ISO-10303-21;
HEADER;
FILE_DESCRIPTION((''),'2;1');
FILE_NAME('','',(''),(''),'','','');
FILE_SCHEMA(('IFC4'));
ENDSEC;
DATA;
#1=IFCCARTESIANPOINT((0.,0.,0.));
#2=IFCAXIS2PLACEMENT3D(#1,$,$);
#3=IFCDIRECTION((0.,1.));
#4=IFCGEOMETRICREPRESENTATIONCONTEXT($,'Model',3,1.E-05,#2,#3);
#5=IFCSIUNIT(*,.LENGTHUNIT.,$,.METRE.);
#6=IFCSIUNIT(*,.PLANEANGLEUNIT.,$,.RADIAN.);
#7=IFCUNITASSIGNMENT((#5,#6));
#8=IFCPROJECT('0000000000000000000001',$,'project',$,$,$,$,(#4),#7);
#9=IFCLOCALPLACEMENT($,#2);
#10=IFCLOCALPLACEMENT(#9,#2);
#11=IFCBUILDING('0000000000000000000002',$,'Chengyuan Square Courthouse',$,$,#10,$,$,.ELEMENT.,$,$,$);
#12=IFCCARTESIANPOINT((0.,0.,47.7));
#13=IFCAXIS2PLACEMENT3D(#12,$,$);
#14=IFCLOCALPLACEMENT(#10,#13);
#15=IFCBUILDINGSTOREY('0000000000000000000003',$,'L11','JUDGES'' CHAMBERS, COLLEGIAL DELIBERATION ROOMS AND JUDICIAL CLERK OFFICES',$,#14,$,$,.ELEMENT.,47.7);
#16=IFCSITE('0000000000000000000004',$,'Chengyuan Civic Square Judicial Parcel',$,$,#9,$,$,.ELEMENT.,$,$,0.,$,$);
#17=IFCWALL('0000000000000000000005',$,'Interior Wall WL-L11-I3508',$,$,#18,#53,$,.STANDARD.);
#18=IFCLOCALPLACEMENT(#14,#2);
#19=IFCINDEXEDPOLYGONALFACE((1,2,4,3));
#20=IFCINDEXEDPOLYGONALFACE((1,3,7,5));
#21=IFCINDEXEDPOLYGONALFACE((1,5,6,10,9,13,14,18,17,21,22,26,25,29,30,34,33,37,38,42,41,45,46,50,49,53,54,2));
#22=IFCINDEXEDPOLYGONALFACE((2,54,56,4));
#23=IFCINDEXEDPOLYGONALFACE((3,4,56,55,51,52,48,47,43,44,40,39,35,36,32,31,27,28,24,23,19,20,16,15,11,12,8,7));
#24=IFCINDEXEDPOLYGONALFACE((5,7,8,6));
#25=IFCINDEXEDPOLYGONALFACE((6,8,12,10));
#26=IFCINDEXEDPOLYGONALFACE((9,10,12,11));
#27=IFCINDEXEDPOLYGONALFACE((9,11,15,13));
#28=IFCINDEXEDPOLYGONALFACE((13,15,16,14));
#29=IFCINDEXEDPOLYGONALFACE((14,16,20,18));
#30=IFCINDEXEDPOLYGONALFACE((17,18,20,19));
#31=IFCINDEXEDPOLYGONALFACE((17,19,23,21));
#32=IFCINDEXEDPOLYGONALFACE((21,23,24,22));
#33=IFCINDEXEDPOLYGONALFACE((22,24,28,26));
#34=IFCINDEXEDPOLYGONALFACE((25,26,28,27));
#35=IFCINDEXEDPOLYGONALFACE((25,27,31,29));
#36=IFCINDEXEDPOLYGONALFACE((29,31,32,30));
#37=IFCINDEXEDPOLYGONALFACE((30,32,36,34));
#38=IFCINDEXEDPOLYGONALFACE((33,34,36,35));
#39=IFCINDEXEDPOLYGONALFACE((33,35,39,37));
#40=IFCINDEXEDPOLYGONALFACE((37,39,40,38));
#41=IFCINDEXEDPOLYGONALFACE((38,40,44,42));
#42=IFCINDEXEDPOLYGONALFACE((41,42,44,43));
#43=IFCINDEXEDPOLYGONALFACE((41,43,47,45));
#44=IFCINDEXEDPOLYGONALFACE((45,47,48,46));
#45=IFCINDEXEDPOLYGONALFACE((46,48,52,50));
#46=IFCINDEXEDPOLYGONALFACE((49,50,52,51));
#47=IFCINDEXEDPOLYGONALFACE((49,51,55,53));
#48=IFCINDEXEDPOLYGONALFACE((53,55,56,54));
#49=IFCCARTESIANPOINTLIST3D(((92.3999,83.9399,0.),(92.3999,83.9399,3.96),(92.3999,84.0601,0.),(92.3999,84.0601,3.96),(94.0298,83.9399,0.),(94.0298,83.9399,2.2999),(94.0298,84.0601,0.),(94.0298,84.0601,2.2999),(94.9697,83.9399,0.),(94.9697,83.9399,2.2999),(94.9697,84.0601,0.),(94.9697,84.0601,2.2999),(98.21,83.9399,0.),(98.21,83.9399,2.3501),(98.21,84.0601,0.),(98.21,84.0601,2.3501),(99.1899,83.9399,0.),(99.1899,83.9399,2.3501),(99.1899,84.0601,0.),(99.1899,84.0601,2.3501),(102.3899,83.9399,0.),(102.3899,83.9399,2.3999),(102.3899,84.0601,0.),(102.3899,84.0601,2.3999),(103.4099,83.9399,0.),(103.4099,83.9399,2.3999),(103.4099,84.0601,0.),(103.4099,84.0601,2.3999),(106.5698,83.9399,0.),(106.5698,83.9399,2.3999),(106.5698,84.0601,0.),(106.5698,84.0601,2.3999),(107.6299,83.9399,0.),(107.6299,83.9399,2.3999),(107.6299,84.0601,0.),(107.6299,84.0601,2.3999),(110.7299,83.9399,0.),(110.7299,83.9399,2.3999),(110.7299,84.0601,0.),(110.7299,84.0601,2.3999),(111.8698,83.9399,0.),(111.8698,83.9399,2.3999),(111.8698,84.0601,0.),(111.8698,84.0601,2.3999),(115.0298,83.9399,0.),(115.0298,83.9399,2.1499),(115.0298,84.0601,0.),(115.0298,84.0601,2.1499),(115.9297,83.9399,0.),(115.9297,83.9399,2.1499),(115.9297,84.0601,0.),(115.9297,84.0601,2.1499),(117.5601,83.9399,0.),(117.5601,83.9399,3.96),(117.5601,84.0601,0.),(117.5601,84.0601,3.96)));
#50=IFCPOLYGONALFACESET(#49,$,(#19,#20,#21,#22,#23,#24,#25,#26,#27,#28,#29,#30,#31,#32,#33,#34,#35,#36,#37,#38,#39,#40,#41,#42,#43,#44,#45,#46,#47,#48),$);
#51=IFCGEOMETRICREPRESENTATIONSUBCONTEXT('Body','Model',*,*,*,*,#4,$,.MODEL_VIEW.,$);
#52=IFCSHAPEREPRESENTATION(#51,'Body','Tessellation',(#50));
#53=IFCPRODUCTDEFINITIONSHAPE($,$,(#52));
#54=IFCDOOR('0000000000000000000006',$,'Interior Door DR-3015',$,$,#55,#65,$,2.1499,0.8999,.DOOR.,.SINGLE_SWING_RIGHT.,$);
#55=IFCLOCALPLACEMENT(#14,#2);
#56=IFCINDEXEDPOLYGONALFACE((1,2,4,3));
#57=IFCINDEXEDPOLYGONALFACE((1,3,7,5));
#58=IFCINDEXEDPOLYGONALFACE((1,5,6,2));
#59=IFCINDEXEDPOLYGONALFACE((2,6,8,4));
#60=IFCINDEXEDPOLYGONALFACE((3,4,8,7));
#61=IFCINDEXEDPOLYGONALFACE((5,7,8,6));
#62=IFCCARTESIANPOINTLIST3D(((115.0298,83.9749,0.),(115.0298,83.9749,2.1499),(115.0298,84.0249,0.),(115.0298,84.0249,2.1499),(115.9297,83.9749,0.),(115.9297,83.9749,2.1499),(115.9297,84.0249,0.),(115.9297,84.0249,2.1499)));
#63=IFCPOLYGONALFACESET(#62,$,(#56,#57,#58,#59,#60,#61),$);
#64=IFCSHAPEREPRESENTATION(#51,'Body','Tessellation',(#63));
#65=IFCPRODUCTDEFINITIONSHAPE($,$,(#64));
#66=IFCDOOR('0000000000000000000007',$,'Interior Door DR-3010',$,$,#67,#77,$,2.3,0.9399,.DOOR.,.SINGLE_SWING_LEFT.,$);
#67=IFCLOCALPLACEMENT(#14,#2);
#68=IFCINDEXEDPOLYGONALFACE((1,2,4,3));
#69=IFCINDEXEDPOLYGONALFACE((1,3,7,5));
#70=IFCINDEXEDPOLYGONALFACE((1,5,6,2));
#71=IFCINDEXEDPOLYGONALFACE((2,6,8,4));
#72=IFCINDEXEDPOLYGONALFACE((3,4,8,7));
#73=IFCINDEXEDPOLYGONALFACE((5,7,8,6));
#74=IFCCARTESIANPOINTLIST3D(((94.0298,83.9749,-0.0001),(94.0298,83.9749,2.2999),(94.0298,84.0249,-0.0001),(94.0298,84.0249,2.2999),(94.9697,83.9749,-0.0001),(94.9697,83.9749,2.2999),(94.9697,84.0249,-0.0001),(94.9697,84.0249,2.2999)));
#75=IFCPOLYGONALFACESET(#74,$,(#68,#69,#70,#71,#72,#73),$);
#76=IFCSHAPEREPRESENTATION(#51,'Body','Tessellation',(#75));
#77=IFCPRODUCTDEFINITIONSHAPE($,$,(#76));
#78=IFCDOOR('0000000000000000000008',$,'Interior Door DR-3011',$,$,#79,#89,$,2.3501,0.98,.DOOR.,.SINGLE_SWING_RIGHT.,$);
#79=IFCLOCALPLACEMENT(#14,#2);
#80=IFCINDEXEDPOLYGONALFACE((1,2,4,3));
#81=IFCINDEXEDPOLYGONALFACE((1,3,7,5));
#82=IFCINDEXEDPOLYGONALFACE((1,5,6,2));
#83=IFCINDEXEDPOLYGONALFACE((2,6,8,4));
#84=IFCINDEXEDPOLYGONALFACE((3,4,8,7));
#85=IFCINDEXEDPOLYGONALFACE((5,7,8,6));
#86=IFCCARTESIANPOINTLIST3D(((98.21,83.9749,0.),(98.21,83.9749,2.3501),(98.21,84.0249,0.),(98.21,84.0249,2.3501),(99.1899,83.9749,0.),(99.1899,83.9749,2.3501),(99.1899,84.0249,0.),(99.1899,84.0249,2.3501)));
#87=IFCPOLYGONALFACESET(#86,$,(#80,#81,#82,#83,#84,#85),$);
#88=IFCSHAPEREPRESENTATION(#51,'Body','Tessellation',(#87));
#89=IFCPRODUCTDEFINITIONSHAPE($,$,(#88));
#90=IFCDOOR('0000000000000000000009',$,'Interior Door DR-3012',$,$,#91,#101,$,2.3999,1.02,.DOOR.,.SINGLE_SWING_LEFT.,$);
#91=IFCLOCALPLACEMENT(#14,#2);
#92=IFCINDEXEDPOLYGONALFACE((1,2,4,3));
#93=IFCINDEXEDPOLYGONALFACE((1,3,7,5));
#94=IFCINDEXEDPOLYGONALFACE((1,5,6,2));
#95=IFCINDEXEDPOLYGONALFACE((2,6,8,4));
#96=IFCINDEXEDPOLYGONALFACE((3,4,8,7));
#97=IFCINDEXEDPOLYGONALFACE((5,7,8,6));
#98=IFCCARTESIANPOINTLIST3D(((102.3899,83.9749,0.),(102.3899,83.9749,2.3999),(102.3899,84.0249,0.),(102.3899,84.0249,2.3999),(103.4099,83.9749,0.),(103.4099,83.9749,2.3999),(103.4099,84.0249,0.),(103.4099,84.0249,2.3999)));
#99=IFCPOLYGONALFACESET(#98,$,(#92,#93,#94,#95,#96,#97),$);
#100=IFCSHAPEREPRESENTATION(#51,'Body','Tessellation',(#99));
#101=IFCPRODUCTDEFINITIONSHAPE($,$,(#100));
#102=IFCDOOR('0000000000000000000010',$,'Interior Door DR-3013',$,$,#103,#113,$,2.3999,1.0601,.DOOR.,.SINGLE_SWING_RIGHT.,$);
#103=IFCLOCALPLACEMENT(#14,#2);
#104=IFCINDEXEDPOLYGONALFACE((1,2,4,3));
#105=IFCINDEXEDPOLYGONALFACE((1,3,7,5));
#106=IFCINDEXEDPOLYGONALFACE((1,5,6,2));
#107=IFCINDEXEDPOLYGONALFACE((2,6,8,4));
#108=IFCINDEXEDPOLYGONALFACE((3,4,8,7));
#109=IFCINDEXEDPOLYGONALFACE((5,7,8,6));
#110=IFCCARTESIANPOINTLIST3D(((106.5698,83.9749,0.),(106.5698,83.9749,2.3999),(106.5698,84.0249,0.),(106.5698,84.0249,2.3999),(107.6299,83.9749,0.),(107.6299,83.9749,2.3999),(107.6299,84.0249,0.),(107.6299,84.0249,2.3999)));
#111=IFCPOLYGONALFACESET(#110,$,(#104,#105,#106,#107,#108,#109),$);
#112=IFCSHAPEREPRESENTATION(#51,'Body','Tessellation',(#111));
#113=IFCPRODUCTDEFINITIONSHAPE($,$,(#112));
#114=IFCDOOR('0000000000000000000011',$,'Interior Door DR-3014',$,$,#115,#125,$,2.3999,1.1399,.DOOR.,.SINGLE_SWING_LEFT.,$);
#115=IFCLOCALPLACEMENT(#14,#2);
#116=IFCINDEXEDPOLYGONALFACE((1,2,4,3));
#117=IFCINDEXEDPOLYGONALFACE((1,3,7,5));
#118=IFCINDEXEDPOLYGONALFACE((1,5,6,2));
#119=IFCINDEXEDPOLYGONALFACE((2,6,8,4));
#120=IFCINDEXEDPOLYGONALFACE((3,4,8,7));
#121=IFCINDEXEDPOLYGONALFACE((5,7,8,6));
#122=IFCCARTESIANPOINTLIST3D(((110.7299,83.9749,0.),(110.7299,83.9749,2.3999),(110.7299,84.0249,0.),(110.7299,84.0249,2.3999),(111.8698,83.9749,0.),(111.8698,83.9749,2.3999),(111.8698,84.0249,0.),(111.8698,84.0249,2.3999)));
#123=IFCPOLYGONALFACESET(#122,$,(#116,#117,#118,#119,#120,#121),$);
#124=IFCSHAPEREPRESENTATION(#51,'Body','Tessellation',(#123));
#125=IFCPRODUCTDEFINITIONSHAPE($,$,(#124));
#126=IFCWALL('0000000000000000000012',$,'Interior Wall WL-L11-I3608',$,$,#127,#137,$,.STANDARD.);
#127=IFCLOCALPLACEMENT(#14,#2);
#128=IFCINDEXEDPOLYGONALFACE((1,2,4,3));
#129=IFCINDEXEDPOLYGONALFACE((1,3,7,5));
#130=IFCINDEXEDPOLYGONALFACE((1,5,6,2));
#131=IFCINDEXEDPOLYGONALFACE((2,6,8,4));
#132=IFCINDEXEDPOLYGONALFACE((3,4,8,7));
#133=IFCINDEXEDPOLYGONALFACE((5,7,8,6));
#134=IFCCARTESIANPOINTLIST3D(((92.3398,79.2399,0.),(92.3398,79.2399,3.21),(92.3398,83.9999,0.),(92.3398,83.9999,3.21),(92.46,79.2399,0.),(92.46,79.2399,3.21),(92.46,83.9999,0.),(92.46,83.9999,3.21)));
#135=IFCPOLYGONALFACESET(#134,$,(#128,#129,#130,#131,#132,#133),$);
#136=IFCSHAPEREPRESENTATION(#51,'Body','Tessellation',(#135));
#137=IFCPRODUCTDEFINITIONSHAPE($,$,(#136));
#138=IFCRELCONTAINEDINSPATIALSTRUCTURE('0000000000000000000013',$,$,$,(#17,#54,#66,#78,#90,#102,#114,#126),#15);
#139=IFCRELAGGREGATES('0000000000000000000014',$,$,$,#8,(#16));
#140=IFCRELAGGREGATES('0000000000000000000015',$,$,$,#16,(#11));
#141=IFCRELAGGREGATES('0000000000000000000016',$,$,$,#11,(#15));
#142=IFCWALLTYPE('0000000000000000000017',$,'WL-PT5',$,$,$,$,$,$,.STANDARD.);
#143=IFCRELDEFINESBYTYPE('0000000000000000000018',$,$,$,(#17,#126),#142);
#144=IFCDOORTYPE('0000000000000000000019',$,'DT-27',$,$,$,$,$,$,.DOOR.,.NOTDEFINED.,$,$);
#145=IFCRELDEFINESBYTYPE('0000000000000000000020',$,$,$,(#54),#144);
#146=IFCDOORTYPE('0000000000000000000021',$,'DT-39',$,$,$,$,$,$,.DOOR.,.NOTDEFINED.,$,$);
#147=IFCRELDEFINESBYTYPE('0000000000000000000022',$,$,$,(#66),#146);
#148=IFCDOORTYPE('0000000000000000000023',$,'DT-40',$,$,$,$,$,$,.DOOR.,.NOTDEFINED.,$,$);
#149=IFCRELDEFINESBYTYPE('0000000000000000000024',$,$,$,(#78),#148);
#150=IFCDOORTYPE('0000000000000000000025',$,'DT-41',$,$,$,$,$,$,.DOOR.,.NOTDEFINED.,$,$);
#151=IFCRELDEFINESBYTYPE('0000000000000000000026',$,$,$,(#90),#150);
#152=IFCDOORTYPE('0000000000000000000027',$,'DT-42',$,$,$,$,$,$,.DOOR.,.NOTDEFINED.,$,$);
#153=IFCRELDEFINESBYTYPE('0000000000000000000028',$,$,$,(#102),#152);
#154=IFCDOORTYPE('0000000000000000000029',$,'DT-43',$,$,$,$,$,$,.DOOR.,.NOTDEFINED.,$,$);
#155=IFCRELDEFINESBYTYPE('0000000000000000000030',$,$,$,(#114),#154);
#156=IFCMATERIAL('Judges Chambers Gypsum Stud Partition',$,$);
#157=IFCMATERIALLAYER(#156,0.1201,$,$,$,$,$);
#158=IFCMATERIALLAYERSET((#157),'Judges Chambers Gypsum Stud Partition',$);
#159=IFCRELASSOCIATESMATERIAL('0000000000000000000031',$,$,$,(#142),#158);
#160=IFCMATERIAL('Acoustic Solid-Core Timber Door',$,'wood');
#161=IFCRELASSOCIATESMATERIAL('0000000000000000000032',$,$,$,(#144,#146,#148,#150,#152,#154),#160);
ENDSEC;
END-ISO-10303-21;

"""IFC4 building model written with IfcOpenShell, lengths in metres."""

from ifc_helpers import new_model, si_unit, direction, frame, frame_2d, origin, place, context, subcontext, project, spatial, rectangle, extrude, material, layer, layer_set, type_object, element, fill, save


model = new_model("IFC4")

# Units and contexts
model_context = context("Model", 3, precision=1e-05, world=origin(), true_north=direction((0.0, 1.0)))
body_context = subcontext(model_context, "Body", "Model", "MODEL_VIEW")
ifc_project = project(units=[si_unit("LENGTHUNIT", "METRE"), si_unit("PLANEANGLEUNIT", "RADIAN")], contexts=[model_context])

# Site, building, storey
site_placement = place(None, origin())
site = spatial("IfcSite", under=ifc_project, at=site_placement, Name="Chengyuan Civic Square Judicial Parcel", CompositionType="ELEMENT", RefElevation=0.0)
building_placement = place(site_placement, origin())
building = spatial("IfcBuilding", under=site, at=building_placement, Name="Chengyuan Square Courthouse", CompositionType="ELEMENT")
storey_placement = place(building_placement, frame((0.0, 0.0, 47.7)))
storey = spatial("IfcBuildingStorey", under=building, at=storey_placement, Name="L11", Description="JUDGES' CHAMBERS, COLLEGIAL DELIBERATION ROOMS AND JUDICIAL CLERK OFFICES", CompositionType="ELEMENT", Elevation=47.7)

# Wall, openings, doors
ifc_material_1 = material(Name="Judges Chambers Gypsum Stud Partition")
ifc_layer_1 = layer(ifc_material_1, 0.1201)
ifc_layer_set_1 = layer_set([ifc_layer_1], Name="Judges Chambers Gypsum Stud Partition")
wall_type_1 = type_object("IfcWallType", Name="WL-PT5", PredefinedType="STANDARD", material=ifc_layer_set_1)
wall_1_placement = place(storey_placement, frame((92.3999, 84.0, 0.0), z_axis=(0.0, 0.0, 1.0), x_axis=(1.0, 0.0, 0.0)))
wall_1 = element("IfcWall", 1, at=wall_1_placement, inside=storey, type_object=wall_type_1, Name="Interior Wall WL-L11-I3508", PredefinedType="STANDARD", context=body_context, shape_type="SweptSolid", body=[
    extrude(rectangle(XDim=25.1602, YDim=0.1201, at=frame_2d((12.5801, 0.0))), origin(), (0.0, 0.0, 1.0), 3.96),
])
opening_1_placement = place(wall_1_placement, frame((1.6299, 0.0, 0.0)))
opening_1 = element("IfcOpeningElement", 2, at=opening_1_placement, cuts=wall_1, PredefinedType="OPENING", context=body_context, shape_type="SweptSolid", body=[
    extrude(rectangle(XDim=0.9399, YDim=2.3, at=frame_2d((0.47, 1.1499))), frame((0.0, 0.072, 0.0), z_axis=(0.0, -1.0, 0.0), x_axis=(1.0, 0.0, 0.0)), (0.0, 0.0, 1.0), 0.144),
])
opening_2_placement = place(wall_1_placement, frame((5.8101, 0.0, 0.0)))
opening_2 = element("IfcOpeningElement", 3, at=opening_2_placement, cuts=wall_1, PredefinedType="OPENING", context=body_context, shape_type="SweptSolid", body=[
    extrude(rectangle(XDim=0.98, YDim=2.3501, at=frame_2d((0.49, 1.175))), frame((0.0, 0.072, 0.0), z_axis=(0.0, -1.0, 0.0), x_axis=(1.0, 0.0, 0.0)), (0.0, 0.0, 1.0), 0.144),
])
opening_3_placement = place(wall_1_placement, frame((9.99, 0.0, 0.0)))
opening_3 = element("IfcOpeningElement", 4, at=opening_3_placement, cuts=wall_1, PredefinedType="OPENING", context=body_context, shape_type="SweptSolid", body=[
    extrude(rectangle(XDim=1.02, YDim=2.3999, at=frame_2d((0.51, 1.2))), frame((0.0, 0.072, 0.0), z_axis=(0.0, -1.0, 0.0), x_axis=(1.0, 0.0, 0.0)), (0.0, 0.0, 1.0), 0.144),
])
opening_4_placement = place(wall_1_placement, frame((14.1699, 0.0, 0.0)))
opening_4 = element("IfcOpeningElement", 5, at=opening_4_placement, cuts=wall_1, PredefinedType="OPENING", context=body_context, shape_type="SweptSolid", body=[
    extrude(rectangle(XDim=1.0601, YDim=2.3999, at=frame_2d((0.53, 1.2))), frame((0.0, 0.072, 0.0), z_axis=(0.0, -1.0, 0.0), x_axis=(1.0, 0.0, 0.0)), (0.0, 0.0, 1.0), 0.144),
])
opening_5_placement = place(wall_1_placement, frame((18.3301, 0.0, 0.0)))
opening_5 = element("IfcOpeningElement", 6, at=opening_5_placement, cuts=wall_1, PredefinedType="OPENING", context=body_context, shape_type="SweptSolid", body=[
    extrude(rectangle(XDim=1.1399, YDim=2.3999, at=frame_2d((0.5698, 1.2))), frame((0.0, 0.072, 0.0), z_axis=(0.0, -1.0, 0.0), x_axis=(1.0, 0.0, 0.0)), (0.0, 0.0, 1.0), 0.144),
])
opening_6_placement = place(wall_1_placement, frame((22.6299, 0.0, 0.0)))
opening_6 = element("IfcOpeningElement", 7, at=opening_6_placement, cuts=wall_1, PredefinedType="OPENING", context=body_context, shape_type="SweptSolid", body=[
    extrude(rectangle(XDim=0.8999, YDim=2.1499, at=frame_2d((0.45, 1.075))), frame((0.0, 0.072, 0.0), z_axis=(0.0, -1.0, 0.0), x_axis=(1.0, 0.0, 0.0)), (0.0, 0.0, 1.0), 0.144),
])
ifc_material_2 = material(Name="Acoustic Solid-Core Timber Door", Category="wood")
door_type_1 = type_object("IfcDoorType", Name="DT-27", OperationType="NOTDEFINED", PredefinedType="DOOR", material=ifc_material_2)
door_1_placement = place(opening_6_placement, origin())
door_1 = element("IfcDoor", 8, at=door_1_placement, inside=storey, type_object=door_type_1, Name="Interior Door DR-3015", OperationType="SINGLE_SWING_RIGHT", OverallHeight=2.1499, OverallWidth=0.8999, PredefinedType="DOOR", context=body_context, shape_type="SweptSolid", body=[
    extrude(rectangle(XDim=0.8999, YDim=2.1499, at=frame_2d((0.45, 1.075))), frame((0.0, 0.0249, 0.0), z_axis=(0.0, -1.0, 0.0), x_axis=(1.0, 0.0, 0.0)), (0.0, 0.0, 1.0), 0.05),
])
fill(opening_6, door_1)
door_type_2 = type_object("IfcDoorType", Name="DT-39", OperationType="NOTDEFINED", PredefinedType="DOOR", material=ifc_material_2)
door_2_placement = place(opening_1_placement, origin())
door_2 = element("IfcDoor", 9, at=door_2_placement, inside=storey, type_object=door_type_2, Name="Interior Door DR-3010", OperationType="SINGLE_SWING_LEFT", OverallHeight=2.3, OverallWidth=0.9399, PredefinedType="DOOR", context=body_context, shape_type="SweptSolid", body=[
    extrude(rectangle(XDim=0.9399, YDim=2.3, at=frame_2d((0.47, 1.1499))), frame((0.0, 0.0249, 0.0), z_axis=(0.0, -1.0, 0.0), x_axis=(1.0, 0.0, 0.0)), (0.0, 0.0, 1.0), 0.05),
])
fill(opening_1, door_2)
door_type_3 = type_object("IfcDoorType", Name="DT-40", OperationType="NOTDEFINED", PredefinedType="DOOR", material=ifc_material_2)
door_3_placement = place(opening_2_placement, origin())
door_3 = element("IfcDoor", 10, at=door_3_placement, inside=storey, type_object=door_type_3, Name="Interior Door DR-3011", OperationType="SINGLE_SWING_RIGHT", OverallHeight=2.3501, OverallWidth=0.98, PredefinedType="DOOR", context=body_context, shape_type="SweptSolid", body=[
    extrude(rectangle(XDim=0.98, YDim=2.3501, at=frame_2d((0.49, 1.175))), frame((0.0, 0.0249, 0.0), z_axis=(0.0, -1.0, 0.0), x_axis=(1.0, 0.0, 0.0)), (0.0, 0.0, 1.0), 0.05),
])
fill(opening_2, door_3)
door_type_4 = type_object("IfcDoorType", Name="DT-41", OperationType="NOTDEFINED", PredefinedType="DOOR", material=ifc_material_2)
door_4_placement = place(opening_3_placement, origin())
door_4 = element("IfcDoor", 11, at=door_4_placement, inside=storey, type_object=door_type_4, Name="Interior Door DR-3012", OperationType="SINGLE_SWING_LEFT", OverallHeight=2.3999, OverallWidth=1.02, PredefinedType="DOOR", context=body_context, shape_type="SweptSolid", body=[
    extrude(rectangle(XDim=1.02, YDim=2.3999, at=frame_2d((0.51, 1.2))), frame((0.0, 0.0249, 0.0), z_axis=(0.0, -1.0, 0.0), x_axis=(1.0, 0.0, 0.0)), (0.0, 0.0, 1.0), 0.05),
])
fill(opening_3, door_4)
door_type_5 = type_object("IfcDoorType", Name="DT-42", OperationType="NOTDEFINED", PredefinedType="DOOR", material=ifc_material_2)
door_5_placement = place(opening_4_placement, origin())
door_5 = element("IfcDoor", 12, at=door_5_placement, inside=storey, type_object=door_type_5, Name="Interior Door DR-3013", OperationType="SINGLE_SWING_RIGHT", OverallHeight=2.3999, OverallWidth=1.0601, PredefinedType="DOOR", context=body_context, shape_type="SweptSolid", body=[
    extrude(rectangle(XDim=1.0601, YDim=2.3999, at=frame_2d((0.53, 1.2))), frame((0.0, 0.0249, 0.0), z_axis=(0.0, -1.0, 0.0), x_axis=(1.0, 0.0, 0.0)), (0.0, 0.0, 1.0), 0.05),
])
fill(opening_4, door_5)
door_type_6 = type_object("IfcDoorType", Name="DT-43", OperationType="NOTDEFINED", PredefinedType="DOOR", material=ifc_material_2)
door_6_placement = place(opening_5_placement, origin())
door_6 = element("IfcDoor", 13, at=door_6_placement, inside=storey, type_object=door_type_6, Name="Interior Door DR-3014", OperationType="SINGLE_SWING_LEFT", OverallHeight=2.3999, OverallWidth=1.1399, PredefinedType="DOOR", context=body_context, shape_type="SweptSolid", body=[
    extrude(rectangle(XDim=1.1399, YDim=2.3999, at=frame_2d((0.5698, 1.2))), frame((0.0, 0.0249, 0.0), z_axis=(0.0, -1.0, 0.0), x_axis=(1.0, 0.0, 0.0)), (0.0, 0.0, 1.0), 0.05),
])
fill(opening_5, door_6)

# Wall
wall_2_placement = place(storey_placement, frame((92.3999, 79.24, 0.0), z_axis=(0.0, 0.0, 1.0), x_axis=(0.0, 1.0, 0.0)))
element("IfcWall", 14, at=wall_2_placement, inside=storey, type_object=wall_type_1, Name="Interior Wall WL-L11-I3608", PredefinedType="STANDARD", context=body_context, shape_type="SweptSolid", body=[
    extrude(rectangle(XDim=4.76, YDim=0.1201, at=frame_2d((2.3799, 0.0))), origin(), (0.0, 0.0, 1.0), 3.21),
])

save(model, "model.ifc")
